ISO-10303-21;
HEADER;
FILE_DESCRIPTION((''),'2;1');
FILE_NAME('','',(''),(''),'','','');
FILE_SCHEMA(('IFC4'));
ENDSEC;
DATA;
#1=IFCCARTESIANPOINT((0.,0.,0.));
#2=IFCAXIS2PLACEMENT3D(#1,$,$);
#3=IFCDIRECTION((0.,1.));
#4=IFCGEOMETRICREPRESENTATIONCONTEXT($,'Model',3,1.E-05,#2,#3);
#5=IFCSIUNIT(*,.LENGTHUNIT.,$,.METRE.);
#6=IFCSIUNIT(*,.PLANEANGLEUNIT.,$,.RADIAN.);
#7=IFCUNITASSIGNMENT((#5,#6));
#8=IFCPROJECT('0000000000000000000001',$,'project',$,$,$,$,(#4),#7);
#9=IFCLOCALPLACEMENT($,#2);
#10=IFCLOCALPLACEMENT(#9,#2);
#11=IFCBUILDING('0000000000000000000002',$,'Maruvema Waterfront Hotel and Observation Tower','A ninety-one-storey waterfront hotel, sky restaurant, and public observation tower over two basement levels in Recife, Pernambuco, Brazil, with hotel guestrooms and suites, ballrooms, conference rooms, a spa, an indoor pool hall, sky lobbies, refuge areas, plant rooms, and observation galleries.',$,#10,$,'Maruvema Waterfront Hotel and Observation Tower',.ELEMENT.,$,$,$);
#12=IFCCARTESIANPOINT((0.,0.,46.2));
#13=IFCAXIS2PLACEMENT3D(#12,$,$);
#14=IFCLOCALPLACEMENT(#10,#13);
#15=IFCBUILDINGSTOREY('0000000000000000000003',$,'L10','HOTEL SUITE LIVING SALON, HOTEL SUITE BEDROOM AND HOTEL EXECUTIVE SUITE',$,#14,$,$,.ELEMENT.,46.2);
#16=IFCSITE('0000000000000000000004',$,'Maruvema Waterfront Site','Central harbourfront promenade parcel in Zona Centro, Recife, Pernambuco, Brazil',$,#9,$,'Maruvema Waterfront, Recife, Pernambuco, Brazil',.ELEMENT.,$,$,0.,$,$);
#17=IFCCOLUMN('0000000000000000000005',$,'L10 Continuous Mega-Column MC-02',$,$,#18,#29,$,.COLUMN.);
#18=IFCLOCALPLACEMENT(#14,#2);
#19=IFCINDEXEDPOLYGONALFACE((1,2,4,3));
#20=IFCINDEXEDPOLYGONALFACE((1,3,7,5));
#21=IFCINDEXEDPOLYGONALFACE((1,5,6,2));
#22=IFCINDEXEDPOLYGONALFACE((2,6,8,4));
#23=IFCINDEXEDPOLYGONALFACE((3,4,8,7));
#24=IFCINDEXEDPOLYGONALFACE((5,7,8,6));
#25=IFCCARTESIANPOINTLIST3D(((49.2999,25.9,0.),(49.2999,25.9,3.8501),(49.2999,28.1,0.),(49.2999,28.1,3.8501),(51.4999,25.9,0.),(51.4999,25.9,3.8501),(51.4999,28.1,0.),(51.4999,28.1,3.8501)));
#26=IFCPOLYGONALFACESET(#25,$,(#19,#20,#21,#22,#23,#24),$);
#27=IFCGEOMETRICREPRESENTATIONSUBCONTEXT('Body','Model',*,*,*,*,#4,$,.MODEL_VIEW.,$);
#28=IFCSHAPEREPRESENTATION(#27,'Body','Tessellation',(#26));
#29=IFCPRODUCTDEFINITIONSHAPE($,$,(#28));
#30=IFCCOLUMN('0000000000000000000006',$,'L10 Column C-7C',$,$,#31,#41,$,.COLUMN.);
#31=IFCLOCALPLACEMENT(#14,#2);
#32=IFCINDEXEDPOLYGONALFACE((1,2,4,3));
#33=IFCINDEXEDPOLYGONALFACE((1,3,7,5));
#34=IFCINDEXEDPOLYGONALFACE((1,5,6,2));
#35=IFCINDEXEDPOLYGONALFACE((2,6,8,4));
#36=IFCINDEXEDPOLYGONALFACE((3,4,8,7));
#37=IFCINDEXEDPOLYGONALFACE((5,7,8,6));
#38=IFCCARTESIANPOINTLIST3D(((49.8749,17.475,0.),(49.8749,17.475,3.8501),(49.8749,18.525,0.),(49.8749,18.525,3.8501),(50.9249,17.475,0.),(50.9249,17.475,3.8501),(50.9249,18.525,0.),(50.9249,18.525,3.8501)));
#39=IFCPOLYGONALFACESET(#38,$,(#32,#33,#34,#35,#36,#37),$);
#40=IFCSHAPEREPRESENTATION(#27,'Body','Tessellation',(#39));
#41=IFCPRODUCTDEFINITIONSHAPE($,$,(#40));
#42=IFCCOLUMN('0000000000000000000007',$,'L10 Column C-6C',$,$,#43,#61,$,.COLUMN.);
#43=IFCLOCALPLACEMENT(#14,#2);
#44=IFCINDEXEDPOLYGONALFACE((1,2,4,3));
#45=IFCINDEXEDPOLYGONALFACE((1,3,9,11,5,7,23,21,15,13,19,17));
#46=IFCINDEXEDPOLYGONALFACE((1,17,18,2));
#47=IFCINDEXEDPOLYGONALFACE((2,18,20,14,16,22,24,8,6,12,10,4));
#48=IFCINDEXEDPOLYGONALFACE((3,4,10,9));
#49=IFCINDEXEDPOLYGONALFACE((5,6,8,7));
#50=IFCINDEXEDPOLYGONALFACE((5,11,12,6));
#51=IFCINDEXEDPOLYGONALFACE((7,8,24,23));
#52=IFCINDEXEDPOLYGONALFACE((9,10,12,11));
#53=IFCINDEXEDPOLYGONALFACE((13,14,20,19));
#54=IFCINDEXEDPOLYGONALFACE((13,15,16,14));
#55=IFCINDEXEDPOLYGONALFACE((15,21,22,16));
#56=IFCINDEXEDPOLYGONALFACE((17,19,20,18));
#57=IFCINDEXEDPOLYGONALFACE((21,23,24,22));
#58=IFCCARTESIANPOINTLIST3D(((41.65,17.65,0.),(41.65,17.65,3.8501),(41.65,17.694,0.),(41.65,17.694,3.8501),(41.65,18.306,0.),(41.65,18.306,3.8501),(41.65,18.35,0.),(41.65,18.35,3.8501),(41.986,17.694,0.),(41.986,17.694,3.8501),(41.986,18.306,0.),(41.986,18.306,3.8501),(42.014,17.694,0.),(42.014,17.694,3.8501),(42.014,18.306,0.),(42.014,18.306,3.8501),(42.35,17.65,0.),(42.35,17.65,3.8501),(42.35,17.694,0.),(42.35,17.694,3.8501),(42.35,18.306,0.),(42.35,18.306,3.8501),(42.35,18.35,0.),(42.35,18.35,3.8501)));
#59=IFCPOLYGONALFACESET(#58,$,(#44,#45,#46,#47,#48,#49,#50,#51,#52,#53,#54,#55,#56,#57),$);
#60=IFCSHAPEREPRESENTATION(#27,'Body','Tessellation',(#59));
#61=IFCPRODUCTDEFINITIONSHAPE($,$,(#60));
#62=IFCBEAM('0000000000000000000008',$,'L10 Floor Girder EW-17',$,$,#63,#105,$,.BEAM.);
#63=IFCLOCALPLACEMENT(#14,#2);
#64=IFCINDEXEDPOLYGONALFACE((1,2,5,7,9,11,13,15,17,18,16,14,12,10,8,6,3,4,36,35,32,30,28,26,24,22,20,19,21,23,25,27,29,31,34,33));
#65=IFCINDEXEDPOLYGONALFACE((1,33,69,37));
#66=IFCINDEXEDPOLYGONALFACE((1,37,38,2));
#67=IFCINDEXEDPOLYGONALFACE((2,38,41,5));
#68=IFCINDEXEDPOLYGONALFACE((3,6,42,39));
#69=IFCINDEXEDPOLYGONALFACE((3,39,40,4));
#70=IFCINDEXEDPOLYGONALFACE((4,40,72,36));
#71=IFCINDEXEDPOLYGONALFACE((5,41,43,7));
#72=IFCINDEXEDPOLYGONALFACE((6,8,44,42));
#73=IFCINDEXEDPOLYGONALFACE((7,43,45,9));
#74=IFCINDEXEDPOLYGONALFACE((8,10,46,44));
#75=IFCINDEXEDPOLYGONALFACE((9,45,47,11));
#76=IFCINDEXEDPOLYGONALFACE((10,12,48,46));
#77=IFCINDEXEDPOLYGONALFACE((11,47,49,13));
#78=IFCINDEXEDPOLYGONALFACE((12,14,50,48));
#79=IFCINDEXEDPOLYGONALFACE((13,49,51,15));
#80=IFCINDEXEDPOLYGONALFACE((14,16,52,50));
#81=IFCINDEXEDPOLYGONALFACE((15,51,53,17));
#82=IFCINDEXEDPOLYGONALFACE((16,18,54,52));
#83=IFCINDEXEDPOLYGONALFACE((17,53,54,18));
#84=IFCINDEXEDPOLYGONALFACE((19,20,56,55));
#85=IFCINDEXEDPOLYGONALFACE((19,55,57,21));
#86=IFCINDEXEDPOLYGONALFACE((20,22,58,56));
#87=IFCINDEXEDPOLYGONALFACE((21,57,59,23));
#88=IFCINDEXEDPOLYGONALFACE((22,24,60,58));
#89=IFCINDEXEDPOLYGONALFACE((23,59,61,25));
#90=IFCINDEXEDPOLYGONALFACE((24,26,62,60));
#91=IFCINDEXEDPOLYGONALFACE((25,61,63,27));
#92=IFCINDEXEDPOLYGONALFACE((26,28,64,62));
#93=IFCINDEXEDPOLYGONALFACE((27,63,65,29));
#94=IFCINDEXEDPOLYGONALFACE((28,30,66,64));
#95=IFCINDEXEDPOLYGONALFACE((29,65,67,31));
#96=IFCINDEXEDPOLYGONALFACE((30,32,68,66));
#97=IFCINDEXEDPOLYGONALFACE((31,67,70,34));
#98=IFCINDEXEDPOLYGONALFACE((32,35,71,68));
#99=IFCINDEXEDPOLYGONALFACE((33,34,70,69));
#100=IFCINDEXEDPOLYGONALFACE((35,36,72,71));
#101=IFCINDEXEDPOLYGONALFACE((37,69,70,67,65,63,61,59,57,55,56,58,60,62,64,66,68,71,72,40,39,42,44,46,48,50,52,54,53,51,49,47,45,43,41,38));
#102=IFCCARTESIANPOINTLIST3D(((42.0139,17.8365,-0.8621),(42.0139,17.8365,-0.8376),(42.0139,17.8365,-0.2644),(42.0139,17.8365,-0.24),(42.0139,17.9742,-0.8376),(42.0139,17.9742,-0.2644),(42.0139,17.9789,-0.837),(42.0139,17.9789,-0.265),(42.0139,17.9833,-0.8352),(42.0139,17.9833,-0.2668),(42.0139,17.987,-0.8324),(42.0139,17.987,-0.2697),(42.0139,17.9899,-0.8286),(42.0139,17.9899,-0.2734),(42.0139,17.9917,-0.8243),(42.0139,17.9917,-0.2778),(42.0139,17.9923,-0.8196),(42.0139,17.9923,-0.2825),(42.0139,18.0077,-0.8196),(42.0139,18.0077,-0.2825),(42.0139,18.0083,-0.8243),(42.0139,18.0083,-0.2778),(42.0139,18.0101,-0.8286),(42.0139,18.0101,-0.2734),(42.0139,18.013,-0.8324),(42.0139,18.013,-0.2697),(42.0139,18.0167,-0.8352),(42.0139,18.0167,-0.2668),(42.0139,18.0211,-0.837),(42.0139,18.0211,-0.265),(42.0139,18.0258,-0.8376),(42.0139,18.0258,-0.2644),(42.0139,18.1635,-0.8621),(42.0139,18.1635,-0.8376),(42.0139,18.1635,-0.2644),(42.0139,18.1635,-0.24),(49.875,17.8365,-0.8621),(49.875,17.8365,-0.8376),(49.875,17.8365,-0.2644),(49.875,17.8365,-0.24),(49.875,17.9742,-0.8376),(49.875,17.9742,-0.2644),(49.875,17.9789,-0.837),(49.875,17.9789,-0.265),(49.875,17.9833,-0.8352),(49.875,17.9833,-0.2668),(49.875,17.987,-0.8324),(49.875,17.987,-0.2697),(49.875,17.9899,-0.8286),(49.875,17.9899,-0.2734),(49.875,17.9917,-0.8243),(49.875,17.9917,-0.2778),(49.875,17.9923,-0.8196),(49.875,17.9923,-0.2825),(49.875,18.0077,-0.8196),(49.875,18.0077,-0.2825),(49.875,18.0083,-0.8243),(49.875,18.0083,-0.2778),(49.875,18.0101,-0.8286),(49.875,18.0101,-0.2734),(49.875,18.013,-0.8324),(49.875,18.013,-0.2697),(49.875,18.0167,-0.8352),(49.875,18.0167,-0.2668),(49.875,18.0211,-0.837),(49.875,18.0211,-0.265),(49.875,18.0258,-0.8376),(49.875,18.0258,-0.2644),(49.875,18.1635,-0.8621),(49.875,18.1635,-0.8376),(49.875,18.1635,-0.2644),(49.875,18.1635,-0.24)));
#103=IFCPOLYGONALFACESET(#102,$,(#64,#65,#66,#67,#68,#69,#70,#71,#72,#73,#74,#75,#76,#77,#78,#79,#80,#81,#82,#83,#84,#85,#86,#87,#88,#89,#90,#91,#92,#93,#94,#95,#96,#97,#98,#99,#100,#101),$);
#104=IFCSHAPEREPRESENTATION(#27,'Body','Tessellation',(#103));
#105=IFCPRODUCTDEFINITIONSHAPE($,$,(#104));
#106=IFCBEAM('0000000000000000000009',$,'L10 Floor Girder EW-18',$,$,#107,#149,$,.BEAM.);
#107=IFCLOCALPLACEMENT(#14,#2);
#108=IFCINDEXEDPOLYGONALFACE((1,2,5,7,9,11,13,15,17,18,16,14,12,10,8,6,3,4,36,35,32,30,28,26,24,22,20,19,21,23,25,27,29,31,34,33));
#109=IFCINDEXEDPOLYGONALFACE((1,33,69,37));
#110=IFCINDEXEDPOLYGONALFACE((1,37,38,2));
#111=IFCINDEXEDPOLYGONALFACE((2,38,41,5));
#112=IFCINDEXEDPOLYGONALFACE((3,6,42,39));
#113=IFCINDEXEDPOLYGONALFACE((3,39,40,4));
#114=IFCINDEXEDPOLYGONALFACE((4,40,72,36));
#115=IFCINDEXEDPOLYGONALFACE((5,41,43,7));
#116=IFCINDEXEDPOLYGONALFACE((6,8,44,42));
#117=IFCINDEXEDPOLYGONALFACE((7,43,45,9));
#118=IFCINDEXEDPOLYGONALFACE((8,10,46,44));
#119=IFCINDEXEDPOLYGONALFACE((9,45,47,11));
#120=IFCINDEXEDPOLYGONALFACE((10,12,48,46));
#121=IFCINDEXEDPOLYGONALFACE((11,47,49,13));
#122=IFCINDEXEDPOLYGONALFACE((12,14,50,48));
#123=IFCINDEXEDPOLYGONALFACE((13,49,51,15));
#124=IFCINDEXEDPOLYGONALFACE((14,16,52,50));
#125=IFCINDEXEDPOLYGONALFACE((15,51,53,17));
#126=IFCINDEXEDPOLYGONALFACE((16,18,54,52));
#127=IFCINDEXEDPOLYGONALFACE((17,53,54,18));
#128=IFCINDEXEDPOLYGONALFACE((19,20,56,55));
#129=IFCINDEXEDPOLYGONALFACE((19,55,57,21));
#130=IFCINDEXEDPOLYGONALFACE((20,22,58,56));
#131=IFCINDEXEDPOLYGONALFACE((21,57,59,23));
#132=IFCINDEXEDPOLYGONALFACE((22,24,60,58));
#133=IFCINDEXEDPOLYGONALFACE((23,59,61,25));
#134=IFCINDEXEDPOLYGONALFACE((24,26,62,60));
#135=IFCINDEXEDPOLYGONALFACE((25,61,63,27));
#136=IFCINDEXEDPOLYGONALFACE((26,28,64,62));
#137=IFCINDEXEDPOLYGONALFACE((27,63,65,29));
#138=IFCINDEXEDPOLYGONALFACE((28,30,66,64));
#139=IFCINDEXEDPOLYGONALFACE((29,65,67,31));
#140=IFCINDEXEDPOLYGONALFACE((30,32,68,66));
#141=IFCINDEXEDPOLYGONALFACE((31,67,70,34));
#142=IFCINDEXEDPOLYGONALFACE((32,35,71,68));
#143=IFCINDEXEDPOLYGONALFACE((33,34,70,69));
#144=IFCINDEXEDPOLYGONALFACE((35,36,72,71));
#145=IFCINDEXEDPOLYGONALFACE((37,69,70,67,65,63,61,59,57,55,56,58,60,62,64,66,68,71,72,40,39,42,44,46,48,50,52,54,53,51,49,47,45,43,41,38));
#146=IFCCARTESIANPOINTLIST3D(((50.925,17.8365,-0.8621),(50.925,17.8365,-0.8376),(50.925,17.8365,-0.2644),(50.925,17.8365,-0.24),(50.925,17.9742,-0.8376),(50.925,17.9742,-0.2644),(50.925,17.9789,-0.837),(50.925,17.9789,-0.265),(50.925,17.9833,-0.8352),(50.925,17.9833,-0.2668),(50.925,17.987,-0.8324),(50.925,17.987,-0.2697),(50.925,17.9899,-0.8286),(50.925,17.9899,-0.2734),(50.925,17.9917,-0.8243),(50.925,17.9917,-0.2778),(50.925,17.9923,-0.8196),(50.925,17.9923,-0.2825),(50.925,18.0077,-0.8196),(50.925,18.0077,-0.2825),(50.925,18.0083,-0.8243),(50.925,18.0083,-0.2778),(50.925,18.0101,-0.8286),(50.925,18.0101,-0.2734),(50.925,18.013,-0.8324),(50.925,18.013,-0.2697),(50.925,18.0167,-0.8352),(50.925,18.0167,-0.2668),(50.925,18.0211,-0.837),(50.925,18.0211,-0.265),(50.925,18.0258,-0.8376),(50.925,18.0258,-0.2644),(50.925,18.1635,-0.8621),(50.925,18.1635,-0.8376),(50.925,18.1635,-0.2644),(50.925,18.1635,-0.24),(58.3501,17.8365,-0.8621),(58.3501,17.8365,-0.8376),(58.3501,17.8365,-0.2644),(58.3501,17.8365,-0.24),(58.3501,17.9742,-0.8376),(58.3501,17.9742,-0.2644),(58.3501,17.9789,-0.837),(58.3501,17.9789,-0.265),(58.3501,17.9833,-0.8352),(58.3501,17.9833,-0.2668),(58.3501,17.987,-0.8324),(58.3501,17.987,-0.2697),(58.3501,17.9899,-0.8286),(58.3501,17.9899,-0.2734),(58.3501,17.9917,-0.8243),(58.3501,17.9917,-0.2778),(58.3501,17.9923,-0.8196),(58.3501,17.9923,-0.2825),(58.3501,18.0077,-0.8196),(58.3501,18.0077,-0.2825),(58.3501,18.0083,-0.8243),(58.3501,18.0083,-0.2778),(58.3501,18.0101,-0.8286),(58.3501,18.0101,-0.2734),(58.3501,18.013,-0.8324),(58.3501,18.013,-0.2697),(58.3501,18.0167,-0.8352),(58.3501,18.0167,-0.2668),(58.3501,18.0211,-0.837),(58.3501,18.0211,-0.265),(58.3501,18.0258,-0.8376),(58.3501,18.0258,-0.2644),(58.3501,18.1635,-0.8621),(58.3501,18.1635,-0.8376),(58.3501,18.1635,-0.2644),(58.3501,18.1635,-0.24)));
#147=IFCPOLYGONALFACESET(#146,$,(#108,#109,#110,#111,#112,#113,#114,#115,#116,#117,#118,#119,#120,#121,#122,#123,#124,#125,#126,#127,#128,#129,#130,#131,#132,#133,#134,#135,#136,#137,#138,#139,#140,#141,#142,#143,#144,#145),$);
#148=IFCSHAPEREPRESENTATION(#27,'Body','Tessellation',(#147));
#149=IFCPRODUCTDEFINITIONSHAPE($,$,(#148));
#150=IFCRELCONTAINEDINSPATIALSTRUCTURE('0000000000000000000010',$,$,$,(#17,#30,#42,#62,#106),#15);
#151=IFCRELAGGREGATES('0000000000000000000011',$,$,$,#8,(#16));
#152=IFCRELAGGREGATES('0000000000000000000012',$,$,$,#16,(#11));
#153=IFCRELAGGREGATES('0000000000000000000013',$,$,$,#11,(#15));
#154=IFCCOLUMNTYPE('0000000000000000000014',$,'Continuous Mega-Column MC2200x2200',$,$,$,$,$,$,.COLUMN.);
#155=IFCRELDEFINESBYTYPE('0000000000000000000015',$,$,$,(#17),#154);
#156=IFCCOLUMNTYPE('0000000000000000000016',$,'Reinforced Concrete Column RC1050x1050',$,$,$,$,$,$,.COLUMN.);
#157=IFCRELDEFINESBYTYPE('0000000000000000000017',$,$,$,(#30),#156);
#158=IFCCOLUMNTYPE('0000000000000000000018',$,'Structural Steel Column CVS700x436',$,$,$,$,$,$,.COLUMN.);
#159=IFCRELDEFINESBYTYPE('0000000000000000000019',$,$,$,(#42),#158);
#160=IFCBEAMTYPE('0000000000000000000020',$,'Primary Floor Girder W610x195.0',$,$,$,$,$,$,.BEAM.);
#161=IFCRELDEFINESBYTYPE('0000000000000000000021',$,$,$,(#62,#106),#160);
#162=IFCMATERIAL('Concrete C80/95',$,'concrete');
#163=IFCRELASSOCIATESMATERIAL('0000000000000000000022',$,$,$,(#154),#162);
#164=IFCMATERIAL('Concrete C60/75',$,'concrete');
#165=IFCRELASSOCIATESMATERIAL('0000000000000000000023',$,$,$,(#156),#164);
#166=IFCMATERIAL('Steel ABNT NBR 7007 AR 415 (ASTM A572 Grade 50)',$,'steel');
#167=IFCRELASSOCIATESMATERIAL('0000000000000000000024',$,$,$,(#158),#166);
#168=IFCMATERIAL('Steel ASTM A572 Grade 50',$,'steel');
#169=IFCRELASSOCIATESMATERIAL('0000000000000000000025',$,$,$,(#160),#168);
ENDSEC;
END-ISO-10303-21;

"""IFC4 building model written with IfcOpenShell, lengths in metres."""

from ifc_helpers import new_model, si_unit, direction, frame, origin, origin_2d, place, context, subcontext, project, spatial, rectangle, i_section, extrude, material, material_profile, profile_set, type_object, element, save


model = new_model("IFC4")

# Units and contexts
model_context = context("Model", 3, precision=1e-05, world=origin(), true_north=direction((0.0, 1.0)))
body_context = subcontext(model_context, "Body", "Model", "MODEL_VIEW")
ifc_project = project(units=[si_unit("LENGTHUNIT", "METRE"), si_unit("PLANEANGLEUNIT", "RADIAN")], contexts=[model_context])

# Site, building, storey
site_placement = place(None, origin())
site = spatial("IfcSite", under=ifc_project, at=site_placement, Name="Maruvema Waterfront Site", Description="Central harbourfront promenade parcel in Zona Centro, Recife, Pernambuco, Brazil", LongName="Maruvema Waterfront, Recife, Pernambuco, Brazil", CompositionType="ELEMENT", RefElevation=0.0)
building_placement = place(site_placement, origin())
building = spatial("IfcBuilding", under=site, at=building_placement, Name="Maruvema Waterfront Hotel and Observation Tower", Description="A ninety-one-storey waterfront hotel, sky restaurant, and public observation tower over two basement levels in Recife, Pernambuco, Brazil, with hotel guestrooms and suites, ballrooms, conference rooms, a spa, an indoor pool hall, sky lobbies, refuge areas, plant rooms, and observation galleries.", LongName="Maruvema Waterfront Hotel and Observation Tower", CompositionType="ELEMENT")
storey_placement = place(building_placement, frame((0.0, 0.0, 46.2)))
storey = spatial("IfcBuildingStorey", under=building, at=storey_placement, Name="L10", Description="HOTEL SUITE LIVING SALON, HOTEL SUITE BEDROOM AND HOTEL EXECUTIVE SUITE", CompositionType="ELEMENT", Elevation=46.2)

# Columns
ifc_material_1 = material(Name="Concrete C80/95", Category="concrete")
ifc_material_profile_1 = material_profile(ifc_material_1, rectangle(XDim=2.2, YDim=2.2, at=origin_2d()), Name="MC2200x2200")
ifc_profile_set_1 = profile_set([ifc_material_profile_1], Name="Concrete C80/95")
column_type_1 = type_object("IfcColumnType", Name="Continuous Mega-Column MC2200x2200", PredefinedType="COLUMN", material=ifc_profile_set_1)
column_1_placement = place(storey_placement, frame((50.3999, 27.0, 0.0), z_axis=(0.0, 0.0, 1.0), x_axis=(1.0, 0.0, 0.0)))
element("IfcColumn", 1, at=column_1_placement, inside=storey, type_object=column_type_1, Name="L10 Continuous Mega-Column MC-02", PredefinedType="COLUMN", context=body_context, shape_type="SweptSolid", body=[
    extrude(rectangle(XDim=2.2, YDim=2.2, at=origin_2d()), origin(), (0.0, 0.0, 1.0), 3.8501),
])
ifc_material_2 = material(Name="Concrete C60/75", Category="concrete")
ifc_material_profile_2 = material_profile(ifc_material_2, rectangle(XDim=1.05, YDim=1.05, at=origin_2d()), Name="RC1050x1050")
ifc_profile_set_2 = profile_set([ifc_material_profile_2], Name="Concrete C60/75")
column_type_2 = type_object("IfcColumnType", Name="Reinforced Concrete Column RC1050x1050", PredefinedType="COLUMN", material=ifc_profile_set_2)
column_2_placement = place(storey_placement, frame((50.3999, 18.0, 0.0), z_axis=(0.0, 0.0, 1.0), x_axis=(1.0, 0.0, 0.0)))
element("IfcColumn", 2, at=column_2_placement, inside=storey, type_object=column_type_2, Name="L10 Column C-7C", PredefinedType="COLUMN", context=body_context, shape_type="SweptSolid", body=[
    extrude(rectangle(XDim=1.05, YDim=1.05, at=origin_2d()), origin(), (0.0, 0.0, 1.0), 3.8501),
])
ifc_material_3 = material(Name="Steel ABNT NBR 7007 AR 415 (ASTM A572 Grade 50)", Category="steel")
ifc_material_profile_3 = material_profile(ifc_material_3, i_section(OverallWidth=0.7, OverallDepth=0.7, WebThickness=0.0281, FlangeThickness=0.0439, at=origin_2d()), Name="CVS700x436")
ifc_profile_set_3 = profile_set([ifc_material_profile_3], Name="Steel ABNT NBR 7007 AR 415 (ASTM A572 Grade 50)")
column_type_3 = type_object("IfcColumnType", Name="Structural Steel Column CVS700x436", PredefinedType="COLUMN", material=ifc_profile_set_3)
column_3_placement = place(storey_placement, frame((42.0, 18.0, 0.0), z_axis=(0.0, 0.0, 1.0), x_axis=(1.0, 0.0, 0.0)))
element("IfcColumn", 3, at=column_3_placement, inside=storey, type_object=column_type_3, Name="L10 Column C-6C", PredefinedType="COLUMN", context=body_context, shape_type="SweptSolid", body=[
    extrude(i_section(OverallWidth=0.7, OverallDepth=0.7, WebThickness=0.0281, FlangeThickness=0.0439, at=origin_2d()), origin(), (0.0, 0.0, 1.0), 3.8501),
])

# Beams
ifc_material_4 = material(Name="Steel ASTM A572 Grade 50", Category="steel")
ifc_material_profile_4 = material_profile(ifc_material_4, i_section(OverallWidth=0.3269, OverallDepth=0.6221, WebThickness=0.0154, FlangeThickness=0.0244, FilletRadius=0.0181, at=origin_2d()), Name="W610x195.0")
ifc_profile_set_4 = profile_set([ifc_material_profile_4], Name="Steel ASTM A572 Grade 50")
beam_type = type_object("IfcBeamType", Name="Primary Floor Girder W610x195.0", PredefinedType="BEAM", material=ifc_profile_set_4)
beam_1_placement = place(storey_placement, frame((42.0139, 18.0, -0.551), z_axis=(1.0, 0.0, 0.0), x_axis=(0.0, 1.0, 0.0)))
element("IfcBeam", 4, at=beam_1_placement, inside=storey, type_object=beam_type, Name="L10 Floor Girder EW-17", PredefinedType="BEAM", context=body_context, shape_type="SweptSolid", body=[
    extrude(i_section(OverallWidth=0.3269, OverallDepth=0.6221, WebThickness=0.0154, FlangeThickness=0.0244, FilletRadius=0.0181, at=origin_2d()), origin(), (0.0, 0.0, 1.0), 7.8611),
])
beam_2_placement = place(storey_placement, frame((50.925, 18.0, -0.551), z_axis=(1.0, 0.0, 0.0), x_axis=(0.0, 1.0, 0.0)))
element("IfcBeam", 5, at=beam_2_placement, inside=storey, type_object=beam_type, Name="L10 Floor Girder EW-18", PredefinedType="BEAM", context=body_context, shape_type="SweptSolid", body=[
    extrude(i_section(OverallWidth=0.3269, OverallDepth=0.6221, WebThickness=0.0154, FlangeThickness=0.0244, FilletRadius=0.0181, at=origin_2d()), origin(), (0.0, 0.0, 1.0), 7.425),
])

save(model, "model.ifc")
